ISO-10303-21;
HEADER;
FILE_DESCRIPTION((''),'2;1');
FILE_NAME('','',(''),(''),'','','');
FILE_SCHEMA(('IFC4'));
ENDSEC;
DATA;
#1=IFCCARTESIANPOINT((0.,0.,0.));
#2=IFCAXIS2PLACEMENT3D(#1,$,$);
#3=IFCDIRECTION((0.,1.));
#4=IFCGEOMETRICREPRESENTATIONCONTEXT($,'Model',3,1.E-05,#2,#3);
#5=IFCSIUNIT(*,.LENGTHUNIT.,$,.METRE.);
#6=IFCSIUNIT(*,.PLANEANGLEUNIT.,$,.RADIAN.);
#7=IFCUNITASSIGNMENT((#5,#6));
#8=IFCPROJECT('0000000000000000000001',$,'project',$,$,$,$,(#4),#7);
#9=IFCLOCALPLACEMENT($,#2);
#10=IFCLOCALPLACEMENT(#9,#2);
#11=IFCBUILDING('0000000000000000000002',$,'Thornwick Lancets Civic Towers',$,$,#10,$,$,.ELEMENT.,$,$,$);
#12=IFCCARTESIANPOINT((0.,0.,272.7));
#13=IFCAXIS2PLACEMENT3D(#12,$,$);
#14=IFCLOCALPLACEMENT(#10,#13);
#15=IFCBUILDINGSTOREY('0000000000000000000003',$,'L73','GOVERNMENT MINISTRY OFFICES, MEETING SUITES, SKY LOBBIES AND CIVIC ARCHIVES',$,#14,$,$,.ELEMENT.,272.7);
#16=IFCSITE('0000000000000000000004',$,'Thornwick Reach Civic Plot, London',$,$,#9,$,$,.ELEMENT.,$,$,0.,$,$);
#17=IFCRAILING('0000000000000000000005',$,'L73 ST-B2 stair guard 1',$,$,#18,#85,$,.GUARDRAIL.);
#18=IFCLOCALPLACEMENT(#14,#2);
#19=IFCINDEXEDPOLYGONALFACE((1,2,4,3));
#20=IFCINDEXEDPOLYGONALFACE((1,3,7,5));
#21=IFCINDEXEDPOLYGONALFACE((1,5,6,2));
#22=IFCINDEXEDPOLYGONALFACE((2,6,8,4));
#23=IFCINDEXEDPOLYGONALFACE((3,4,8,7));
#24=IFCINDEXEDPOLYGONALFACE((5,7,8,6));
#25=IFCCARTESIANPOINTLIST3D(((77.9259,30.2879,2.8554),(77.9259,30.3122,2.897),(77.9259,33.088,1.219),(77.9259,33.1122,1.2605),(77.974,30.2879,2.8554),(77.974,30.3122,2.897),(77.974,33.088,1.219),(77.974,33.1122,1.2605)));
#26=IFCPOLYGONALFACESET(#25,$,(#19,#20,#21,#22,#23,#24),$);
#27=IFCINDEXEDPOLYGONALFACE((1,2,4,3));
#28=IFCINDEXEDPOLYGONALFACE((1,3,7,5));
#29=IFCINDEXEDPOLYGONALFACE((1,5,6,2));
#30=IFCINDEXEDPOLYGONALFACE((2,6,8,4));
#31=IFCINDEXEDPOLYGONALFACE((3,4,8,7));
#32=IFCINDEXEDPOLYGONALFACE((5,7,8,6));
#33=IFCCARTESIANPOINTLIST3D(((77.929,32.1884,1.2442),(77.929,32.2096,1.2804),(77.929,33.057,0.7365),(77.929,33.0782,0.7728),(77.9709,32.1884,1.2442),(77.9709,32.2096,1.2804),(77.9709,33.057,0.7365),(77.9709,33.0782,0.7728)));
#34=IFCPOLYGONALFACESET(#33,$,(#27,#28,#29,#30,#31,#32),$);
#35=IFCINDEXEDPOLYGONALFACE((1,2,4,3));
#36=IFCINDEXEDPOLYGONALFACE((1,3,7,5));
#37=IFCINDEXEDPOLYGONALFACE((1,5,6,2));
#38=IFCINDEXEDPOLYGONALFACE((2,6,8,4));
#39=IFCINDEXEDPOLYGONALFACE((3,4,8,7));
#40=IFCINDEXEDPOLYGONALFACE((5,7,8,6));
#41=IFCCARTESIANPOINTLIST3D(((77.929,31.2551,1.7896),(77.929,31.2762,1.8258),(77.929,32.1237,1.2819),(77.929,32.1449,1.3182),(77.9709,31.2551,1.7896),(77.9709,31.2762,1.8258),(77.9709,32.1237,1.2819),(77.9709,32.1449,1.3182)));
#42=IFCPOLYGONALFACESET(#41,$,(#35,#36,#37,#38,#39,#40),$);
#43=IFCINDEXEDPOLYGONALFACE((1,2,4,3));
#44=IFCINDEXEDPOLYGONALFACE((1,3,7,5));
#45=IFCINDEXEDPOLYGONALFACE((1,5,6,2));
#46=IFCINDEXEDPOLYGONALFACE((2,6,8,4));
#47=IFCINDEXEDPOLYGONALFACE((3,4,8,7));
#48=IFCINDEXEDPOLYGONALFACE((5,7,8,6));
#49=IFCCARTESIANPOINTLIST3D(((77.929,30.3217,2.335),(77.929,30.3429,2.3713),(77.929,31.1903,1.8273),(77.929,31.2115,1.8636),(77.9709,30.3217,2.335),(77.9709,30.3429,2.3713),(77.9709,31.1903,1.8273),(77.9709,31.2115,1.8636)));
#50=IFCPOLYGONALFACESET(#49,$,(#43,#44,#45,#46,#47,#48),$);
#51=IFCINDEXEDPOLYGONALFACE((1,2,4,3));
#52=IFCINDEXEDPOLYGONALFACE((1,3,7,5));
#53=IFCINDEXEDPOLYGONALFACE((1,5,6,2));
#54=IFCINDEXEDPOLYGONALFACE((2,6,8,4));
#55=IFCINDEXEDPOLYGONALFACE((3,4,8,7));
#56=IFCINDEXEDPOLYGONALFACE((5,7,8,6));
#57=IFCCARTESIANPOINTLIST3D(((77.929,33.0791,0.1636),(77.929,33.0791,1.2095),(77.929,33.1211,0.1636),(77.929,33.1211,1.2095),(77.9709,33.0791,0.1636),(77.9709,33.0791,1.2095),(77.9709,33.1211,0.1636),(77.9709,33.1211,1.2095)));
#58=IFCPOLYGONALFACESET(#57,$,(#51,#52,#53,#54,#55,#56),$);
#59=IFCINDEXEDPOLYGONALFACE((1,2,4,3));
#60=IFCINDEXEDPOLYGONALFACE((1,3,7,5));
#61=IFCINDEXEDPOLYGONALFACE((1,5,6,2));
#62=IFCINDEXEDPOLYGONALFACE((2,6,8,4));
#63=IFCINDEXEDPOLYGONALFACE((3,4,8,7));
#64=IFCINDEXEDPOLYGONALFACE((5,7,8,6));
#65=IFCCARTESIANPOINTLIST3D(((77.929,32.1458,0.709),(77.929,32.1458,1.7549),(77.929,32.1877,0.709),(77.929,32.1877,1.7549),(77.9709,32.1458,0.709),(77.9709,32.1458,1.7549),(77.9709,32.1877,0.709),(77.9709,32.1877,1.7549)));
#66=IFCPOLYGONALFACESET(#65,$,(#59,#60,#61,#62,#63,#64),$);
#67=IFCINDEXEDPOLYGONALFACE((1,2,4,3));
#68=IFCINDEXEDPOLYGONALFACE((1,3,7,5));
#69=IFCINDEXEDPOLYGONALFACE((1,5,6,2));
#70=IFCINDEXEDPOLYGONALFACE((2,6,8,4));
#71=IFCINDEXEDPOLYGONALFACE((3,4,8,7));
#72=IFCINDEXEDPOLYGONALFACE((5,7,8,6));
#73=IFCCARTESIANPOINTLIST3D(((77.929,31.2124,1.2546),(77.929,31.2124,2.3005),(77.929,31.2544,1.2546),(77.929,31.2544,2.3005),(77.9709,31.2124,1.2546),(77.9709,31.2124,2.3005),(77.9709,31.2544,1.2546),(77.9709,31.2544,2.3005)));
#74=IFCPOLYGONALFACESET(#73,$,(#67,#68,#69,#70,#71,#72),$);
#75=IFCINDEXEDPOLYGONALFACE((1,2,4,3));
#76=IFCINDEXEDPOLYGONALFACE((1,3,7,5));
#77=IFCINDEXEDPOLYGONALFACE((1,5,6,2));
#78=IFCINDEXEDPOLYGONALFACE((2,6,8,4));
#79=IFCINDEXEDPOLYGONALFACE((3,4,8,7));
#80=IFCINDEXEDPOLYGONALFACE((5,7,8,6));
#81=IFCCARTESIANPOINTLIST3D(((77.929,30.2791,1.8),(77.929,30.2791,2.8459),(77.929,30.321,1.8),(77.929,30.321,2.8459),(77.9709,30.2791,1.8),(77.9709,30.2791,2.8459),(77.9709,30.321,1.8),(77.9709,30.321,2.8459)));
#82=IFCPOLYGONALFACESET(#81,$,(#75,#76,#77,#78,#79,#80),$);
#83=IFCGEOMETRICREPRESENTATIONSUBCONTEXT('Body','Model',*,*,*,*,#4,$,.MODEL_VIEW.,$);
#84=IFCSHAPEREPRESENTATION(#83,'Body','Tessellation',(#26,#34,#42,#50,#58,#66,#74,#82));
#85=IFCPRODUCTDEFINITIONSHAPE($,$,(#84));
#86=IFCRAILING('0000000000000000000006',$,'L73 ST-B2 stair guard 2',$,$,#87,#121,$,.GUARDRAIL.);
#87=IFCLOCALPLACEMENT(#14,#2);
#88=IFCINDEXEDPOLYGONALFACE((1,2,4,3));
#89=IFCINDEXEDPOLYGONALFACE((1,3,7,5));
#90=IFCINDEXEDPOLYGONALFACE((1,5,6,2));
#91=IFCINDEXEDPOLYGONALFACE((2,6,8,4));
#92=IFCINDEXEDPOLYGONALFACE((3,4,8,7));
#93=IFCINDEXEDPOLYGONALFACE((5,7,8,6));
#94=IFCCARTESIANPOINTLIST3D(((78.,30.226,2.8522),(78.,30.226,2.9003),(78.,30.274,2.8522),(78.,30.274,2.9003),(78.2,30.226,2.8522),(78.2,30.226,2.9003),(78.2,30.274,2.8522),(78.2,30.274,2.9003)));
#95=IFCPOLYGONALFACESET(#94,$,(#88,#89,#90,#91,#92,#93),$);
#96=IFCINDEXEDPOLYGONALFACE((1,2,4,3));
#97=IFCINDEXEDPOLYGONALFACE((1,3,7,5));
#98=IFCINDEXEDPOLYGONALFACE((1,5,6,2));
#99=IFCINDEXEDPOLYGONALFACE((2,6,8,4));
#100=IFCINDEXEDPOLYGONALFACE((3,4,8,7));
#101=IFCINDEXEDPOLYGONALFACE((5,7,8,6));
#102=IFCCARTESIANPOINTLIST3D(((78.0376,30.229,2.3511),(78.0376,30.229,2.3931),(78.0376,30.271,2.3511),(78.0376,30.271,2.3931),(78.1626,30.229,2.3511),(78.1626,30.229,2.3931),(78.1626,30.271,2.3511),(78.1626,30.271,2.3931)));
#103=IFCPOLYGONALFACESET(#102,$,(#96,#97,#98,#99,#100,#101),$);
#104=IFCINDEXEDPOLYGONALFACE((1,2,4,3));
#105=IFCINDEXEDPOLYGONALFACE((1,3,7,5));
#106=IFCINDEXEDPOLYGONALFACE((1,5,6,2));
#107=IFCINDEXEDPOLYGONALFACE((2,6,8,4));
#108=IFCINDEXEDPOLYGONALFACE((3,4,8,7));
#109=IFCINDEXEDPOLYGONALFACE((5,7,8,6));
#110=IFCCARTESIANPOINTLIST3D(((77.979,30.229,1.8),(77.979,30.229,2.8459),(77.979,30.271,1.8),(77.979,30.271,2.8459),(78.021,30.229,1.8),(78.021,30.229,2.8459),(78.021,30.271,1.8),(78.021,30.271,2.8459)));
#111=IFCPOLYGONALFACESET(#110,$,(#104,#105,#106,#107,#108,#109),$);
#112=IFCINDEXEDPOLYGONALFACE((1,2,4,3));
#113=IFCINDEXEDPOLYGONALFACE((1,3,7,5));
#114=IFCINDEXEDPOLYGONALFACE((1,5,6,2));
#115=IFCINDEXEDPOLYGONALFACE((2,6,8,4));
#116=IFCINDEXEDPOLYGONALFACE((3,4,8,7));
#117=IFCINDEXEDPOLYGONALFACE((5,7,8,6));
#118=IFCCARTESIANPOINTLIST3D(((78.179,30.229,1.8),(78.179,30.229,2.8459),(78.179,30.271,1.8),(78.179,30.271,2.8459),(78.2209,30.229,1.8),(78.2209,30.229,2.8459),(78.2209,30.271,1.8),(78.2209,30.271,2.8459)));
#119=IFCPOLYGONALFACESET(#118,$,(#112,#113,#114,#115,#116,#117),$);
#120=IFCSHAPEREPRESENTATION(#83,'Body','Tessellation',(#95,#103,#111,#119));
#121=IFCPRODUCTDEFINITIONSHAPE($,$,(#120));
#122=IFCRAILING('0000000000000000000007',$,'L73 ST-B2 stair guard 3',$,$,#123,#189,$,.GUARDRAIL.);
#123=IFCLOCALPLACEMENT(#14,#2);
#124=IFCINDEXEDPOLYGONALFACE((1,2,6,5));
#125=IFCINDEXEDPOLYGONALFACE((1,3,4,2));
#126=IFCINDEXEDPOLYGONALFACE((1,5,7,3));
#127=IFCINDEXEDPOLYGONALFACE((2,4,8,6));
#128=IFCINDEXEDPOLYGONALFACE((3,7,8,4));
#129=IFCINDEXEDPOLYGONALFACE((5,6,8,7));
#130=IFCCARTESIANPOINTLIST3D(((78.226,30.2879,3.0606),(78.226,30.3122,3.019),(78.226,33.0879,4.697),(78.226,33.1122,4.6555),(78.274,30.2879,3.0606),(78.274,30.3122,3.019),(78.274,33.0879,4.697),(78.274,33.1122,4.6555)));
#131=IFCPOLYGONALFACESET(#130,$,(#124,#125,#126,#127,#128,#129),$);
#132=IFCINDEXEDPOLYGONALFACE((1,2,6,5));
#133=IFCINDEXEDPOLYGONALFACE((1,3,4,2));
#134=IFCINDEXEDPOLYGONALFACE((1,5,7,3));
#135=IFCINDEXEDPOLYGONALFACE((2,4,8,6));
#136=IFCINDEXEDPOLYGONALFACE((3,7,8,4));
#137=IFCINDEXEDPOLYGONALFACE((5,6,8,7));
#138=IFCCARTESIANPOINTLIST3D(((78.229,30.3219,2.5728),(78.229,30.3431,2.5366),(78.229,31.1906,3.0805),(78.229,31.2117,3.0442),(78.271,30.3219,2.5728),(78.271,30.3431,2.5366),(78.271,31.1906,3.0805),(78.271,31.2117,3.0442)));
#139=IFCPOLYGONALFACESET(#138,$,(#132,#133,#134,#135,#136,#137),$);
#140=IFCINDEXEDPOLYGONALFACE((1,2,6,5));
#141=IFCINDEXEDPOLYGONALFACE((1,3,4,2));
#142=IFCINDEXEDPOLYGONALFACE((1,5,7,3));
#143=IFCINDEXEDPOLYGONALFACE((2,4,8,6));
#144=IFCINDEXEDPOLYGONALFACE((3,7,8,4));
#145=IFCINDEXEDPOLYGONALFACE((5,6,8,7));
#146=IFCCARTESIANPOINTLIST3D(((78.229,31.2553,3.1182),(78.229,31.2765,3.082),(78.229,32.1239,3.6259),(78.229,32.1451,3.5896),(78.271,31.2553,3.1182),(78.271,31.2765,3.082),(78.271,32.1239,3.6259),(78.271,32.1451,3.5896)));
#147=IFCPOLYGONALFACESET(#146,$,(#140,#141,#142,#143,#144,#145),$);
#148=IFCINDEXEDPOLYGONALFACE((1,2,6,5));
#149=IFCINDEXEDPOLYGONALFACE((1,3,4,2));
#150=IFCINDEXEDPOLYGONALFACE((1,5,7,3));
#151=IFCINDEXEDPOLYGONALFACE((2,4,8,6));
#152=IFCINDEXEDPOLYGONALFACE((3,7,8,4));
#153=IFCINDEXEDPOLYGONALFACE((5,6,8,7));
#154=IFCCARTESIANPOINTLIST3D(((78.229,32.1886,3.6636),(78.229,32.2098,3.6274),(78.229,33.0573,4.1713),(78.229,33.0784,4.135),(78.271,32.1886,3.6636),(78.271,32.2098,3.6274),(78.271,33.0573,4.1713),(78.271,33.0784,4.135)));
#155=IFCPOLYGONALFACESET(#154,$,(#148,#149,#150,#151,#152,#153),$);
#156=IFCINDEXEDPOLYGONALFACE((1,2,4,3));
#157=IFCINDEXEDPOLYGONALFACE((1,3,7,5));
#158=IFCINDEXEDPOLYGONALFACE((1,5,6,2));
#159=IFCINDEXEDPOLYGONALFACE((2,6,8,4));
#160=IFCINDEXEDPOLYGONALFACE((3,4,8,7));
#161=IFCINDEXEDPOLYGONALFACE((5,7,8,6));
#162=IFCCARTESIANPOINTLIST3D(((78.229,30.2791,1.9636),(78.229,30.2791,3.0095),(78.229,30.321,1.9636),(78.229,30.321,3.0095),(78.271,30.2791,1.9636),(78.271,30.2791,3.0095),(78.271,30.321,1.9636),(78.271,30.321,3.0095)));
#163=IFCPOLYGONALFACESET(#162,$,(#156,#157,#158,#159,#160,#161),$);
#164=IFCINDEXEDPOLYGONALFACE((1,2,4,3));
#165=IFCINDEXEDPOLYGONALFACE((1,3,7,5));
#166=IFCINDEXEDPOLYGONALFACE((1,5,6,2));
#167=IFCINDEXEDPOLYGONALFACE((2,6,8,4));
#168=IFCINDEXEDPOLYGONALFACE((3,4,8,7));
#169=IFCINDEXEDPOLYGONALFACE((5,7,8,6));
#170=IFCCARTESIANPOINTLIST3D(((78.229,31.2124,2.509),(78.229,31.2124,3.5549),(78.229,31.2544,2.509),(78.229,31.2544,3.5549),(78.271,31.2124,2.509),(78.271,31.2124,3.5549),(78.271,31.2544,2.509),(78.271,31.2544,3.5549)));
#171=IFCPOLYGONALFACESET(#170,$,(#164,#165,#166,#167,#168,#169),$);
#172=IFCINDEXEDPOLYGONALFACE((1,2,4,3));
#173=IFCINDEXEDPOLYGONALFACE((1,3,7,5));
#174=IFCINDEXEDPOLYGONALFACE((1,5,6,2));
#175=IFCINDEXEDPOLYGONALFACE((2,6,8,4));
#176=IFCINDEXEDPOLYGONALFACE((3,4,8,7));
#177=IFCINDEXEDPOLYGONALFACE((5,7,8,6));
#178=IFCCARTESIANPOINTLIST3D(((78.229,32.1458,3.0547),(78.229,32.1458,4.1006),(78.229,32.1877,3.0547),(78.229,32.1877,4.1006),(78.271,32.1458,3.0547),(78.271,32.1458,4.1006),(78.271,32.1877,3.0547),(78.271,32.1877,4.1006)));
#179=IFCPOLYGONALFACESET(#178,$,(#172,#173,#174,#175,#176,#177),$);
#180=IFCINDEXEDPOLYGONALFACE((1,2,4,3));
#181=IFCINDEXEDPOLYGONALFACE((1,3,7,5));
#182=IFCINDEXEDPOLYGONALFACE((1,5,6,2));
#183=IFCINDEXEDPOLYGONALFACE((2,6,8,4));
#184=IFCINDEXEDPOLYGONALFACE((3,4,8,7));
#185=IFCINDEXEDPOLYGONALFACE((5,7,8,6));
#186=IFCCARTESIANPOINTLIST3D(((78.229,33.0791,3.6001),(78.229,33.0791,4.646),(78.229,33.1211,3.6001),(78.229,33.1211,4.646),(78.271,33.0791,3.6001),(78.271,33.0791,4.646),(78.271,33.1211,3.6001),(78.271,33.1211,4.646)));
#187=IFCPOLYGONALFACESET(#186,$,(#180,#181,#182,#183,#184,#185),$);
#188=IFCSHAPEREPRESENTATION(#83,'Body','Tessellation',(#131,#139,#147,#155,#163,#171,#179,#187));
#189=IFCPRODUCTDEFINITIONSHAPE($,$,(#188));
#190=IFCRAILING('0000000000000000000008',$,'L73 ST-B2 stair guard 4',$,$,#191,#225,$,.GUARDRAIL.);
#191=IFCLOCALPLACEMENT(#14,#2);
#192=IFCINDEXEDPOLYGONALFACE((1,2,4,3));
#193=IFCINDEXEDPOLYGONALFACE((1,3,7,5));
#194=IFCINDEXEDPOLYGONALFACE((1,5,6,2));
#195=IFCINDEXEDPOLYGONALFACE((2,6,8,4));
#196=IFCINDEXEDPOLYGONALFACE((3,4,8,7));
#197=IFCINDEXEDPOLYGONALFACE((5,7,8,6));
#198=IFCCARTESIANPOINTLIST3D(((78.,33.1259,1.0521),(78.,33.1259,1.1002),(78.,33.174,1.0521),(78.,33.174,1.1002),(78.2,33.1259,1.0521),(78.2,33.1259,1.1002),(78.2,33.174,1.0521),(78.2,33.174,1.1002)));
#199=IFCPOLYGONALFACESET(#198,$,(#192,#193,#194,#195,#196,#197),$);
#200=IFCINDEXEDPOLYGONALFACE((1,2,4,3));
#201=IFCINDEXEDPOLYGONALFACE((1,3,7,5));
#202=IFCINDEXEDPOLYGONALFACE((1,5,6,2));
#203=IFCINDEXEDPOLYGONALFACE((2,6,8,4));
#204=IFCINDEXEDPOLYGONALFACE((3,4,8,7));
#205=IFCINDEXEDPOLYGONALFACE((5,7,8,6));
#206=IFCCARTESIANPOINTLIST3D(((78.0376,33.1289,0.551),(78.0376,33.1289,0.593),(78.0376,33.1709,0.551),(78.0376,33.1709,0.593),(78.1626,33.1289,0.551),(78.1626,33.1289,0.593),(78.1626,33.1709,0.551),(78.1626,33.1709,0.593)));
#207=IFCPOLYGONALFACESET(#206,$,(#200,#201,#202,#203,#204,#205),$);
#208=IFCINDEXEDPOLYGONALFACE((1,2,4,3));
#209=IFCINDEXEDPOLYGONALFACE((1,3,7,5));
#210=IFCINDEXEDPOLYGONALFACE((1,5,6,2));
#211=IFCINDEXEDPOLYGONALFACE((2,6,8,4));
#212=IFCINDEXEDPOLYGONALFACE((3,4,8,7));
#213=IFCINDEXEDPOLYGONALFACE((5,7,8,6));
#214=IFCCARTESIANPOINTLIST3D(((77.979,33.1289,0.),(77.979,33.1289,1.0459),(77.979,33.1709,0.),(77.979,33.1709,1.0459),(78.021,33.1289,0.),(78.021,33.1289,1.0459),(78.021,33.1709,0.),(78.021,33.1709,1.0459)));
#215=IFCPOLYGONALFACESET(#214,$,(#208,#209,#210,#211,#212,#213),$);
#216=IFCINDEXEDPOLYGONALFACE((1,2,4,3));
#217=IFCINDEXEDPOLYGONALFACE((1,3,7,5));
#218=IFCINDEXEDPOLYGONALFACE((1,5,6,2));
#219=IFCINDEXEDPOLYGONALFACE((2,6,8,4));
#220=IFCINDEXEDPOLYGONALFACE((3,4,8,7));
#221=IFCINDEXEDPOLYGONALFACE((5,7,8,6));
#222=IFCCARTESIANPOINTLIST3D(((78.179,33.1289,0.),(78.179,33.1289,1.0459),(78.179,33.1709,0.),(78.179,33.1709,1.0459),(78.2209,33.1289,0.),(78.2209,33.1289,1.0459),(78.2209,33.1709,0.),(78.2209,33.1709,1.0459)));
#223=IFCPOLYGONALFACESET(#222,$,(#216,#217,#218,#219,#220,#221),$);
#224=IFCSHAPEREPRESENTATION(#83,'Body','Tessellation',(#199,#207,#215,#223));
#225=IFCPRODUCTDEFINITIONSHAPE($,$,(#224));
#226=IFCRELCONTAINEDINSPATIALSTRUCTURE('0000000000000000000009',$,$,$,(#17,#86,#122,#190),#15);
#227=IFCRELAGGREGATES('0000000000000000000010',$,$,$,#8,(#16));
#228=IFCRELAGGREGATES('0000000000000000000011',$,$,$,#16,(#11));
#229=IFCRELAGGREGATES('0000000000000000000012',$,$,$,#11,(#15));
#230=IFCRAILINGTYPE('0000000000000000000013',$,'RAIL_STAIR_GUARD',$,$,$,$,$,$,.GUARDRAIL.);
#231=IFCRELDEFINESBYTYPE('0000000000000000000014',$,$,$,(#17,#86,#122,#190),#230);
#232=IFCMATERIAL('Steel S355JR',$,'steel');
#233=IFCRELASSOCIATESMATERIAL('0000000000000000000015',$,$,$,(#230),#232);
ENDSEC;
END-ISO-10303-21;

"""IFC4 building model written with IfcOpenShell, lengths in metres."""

from ifc_helpers import new_model, si_unit, direction, frame, origin, origin_2d, place, context, subcontext, project, spatial, rectangle, extrude, material, type_object, element, save


model = new_model("IFC4")

# Units and contexts
model_context = context("Model", 3, precision=1e-05, world=origin(), true_north=direction((0.0, 1.0)))
body_context = subcontext(model_context, "Body", "Model", "MODEL_VIEW")
ifc_project = project(units=[si_unit("LENGTHUNIT", "METRE"), si_unit("PLANEANGLEUNIT", "RADIAN")], contexts=[model_context])

# Site, building, storey
site_placement = place(None, origin())
site = spatial("IfcSite", under=ifc_project, at=site_placement, Name="Thornwick Reach Civic Plot, London", CompositionType="ELEMENT", RefElevation=0.0)
building_placement = place(site_placement, origin())
building = spatial("IfcBuilding", under=site, at=building_placement, Name="Thornwick Lancets Civic Towers", CompositionType="ELEMENT")
storey_placement = place(building_placement, frame((0.0, 0.0, 272.7)))
storey = spatial("IfcBuildingStorey", under=building, at=storey_placement, Name="L73", Description="GOVERNMENT MINISTRY OFFICES, MEETING SUITES, SKY LOBBIES AND CIVIC ARCHIVES", CompositionType="ELEMENT", Elevation=272.7)

# Shared definitions
ifc_material_1 = material(Name="Steel S355JR", Category="steel")

# Railings
railing_type_1 = type_object("IfcRailingType", Name="RAIL_STAIR_GUARD", PredefinedType="GUARDRAIL", material=ifc_material_1)
railing_1_placement = place(storey_placement, frame((77.95, 33.1001, 0.1636)))
element("IfcRailing", 1, at=railing_1_placement, inside=storey, type_object=railing_type_1, Name="L73 ST-B2 stair guard 1", PredefinedType="GUARDRAIL", context=body_context, shape_type="SweptSolid", body=[
    extrude(rectangle(XDim=0.0481, YDim=0.0481, at=origin_2d()), frame((0.0, 0.0, 1.0762), z_axis=(0.0, -0.863361, 0.504587), x_axis=(1.0, 0.0, 0.0)), (0.0, 0.0, 1.0), 3.2432),
    extrude(rectangle(XDim=0.042, YDim=0.042, at=origin_2d()), frame((0.0, -0.0325, 0.5911), z_axis=(0.0, -0.863361, 0.504587), x_axis=(1.0, 0.0, 0.0)), (0.0, 0.0, 1.0), 1.0061),
    extrude(rectangle(XDim=0.042, YDim=0.042, at=origin_2d()), frame((0.0, -0.9658, 1.1365), z_axis=(0.0, -0.863361, 0.504587), x_axis=(1.0, 0.0, 0.0)), (0.0, 0.0, 1.0), 1.0061),
    extrude(rectangle(XDim=0.042, YDim=0.042, at=origin_2d()), frame((0.0, -1.8992, 1.6819), z_axis=(0.0, -0.863361, 0.504587), x_axis=(1.0, 0.0, 0.0)), (0.0, 0.0, 1.0), 1.0061),
    extrude(rectangle(XDim=0.042, YDim=0.042, at=origin_2d()), origin(), (0.0, 0.0, 1.0), 1.0459),
    extrude(rectangle(XDim=0.042, YDim=0.042, at=origin_2d()), frame((0.0, -0.9333, 0.5454)), (0.0, 0.0, 1.0), 1.0459),
    extrude(rectangle(XDim=0.042, YDim=0.042, at=origin_2d()), frame((0.0, -1.8667, 1.0911)), (0.0, 0.0, 1.0), 1.0459),
    extrude(rectangle(XDim=0.042, YDim=0.042, at=origin_2d()), frame((0.0, -2.8, 1.6365)), (0.0, 0.0, 1.0), 1.0459),
])
railing_2_placement = place(storey_placement, frame((78.0, 30.25, 1.8)))
element("IfcRailing", 2, at=railing_2_placement, inside=storey, type_object=railing_type_1, Name="L73 ST-B2 stair guard 2", PredefinedType="GUARDRAIL", context=body_context, shape_type="SweptSolid", body=[
    extrude(rectangle(XDim=0.0481, YDim=0.0481, at=origin_2d()), frame((0.0, 0.0, 1.0762), z_axis=(1.0, 0.0, 0.0), x_axis=(0.0, 1.0, 0.0)), (0.0, 0.0, 1.0), 0.2),
    extrude(rectangle(XDim=0.042, YDim=0.042, at=origin_2d()), frame((0.0376, 0.0, 0.572), z_axis=(1.0, 0.0, 0.0), x_axis=(0.0, 1.0, 0.0)), (0.0, 0.0, 1.0), 0.125),
    extrude(rectangle(XDim=0.042, YDim=0.042, at=origin_2d()), origin(), (0.0, 0.0, 1.0), 1.0459),
    extrude(rectangle(XDim=0.042, YDim=0.042, at=origin_2d()), frame((0.2, 0.0, 0.0)), (0.0, 0.0, 1.0), 1.0459),
])
railing_3_placement = place(storey_placement, frame((78.25, 30.3, 1.9636)))
element("IfcRailing", 3, at=railing_3_placement, inside=storey, type_object=railing_type_1, Name="L73 ST-B2 stair guard 3", PredefinedType="GUARDRAIL", context=body_context, shape_type="SweptSolid", body=[
    extrude(rectangle(XDim=0.0481, YDim=0.0481, at=origin_2d()), frame((0.0, 0.0, 1.0762), z_axis=(0.0, 0.863361, 0.504587), x_axis=(-1.0, 0.0, 0.0)), (0.0, 0.0, 1.0), 3.2432),
    extrude(rectangle(XDim=0.042, YDim=0.042, at=origin_2d()), frame((0.0, 0.0325, 0.5911), z_axis=(0.0, 0.863361, 0.504587), x_axis=(-1.0, 0.0, 0.0)), (0.0, 0.0, 1.0), 1.0061),
    extrude(rectangle(XDim=0.042, YDim=0.042, at=origin_2d()), frame((0.0, 0.9658, 1.1365), z_axis=(0.0, 0.863361, 0.504587), x_axis=(-1.0, 0.0, 0.0)), (0.0, 0.0, 1.0), 1.0061),
    extrude(rectangle(XDim=0.042, YDim=0.042, at=origin_2d()), frame((0.0, 1.8992, 1.6819), z_axis=(0.0, 0.863361, 0.504587), x_axis=(-1.0, 0.0, 0.0)), (0.0, 0.0, 1.0), 1.0061),
    extrude(rectangle(XDim=0.042, YDim=0.042, at=origin_2d()), origin(), (0.0, 0.0, 1.0), 1.0459),
    extrude(rectangle(XDim=0.042, YDim=0.042, at=origin_2d()), frame((0.0, 0.9333, 0.5454)), (0.0, 0.0, 1.0), 1.0459),
    extrude(rectangle(XDim=0.042, YDim=0.042, at=origin_2d()), frame((0.0, 1.8667, 1.0911)), (0.0, 0.0, 1.0), 1.0459),
    extrude(rectangle(XDim=0.042, YDim=0.042, at=origin_2d()), frame((0.0, 2.8, 1.6365)), (0.0, 0.0, 1.0), 1.0459),
])
railing_4_placement = place(storey_placement, frame((78.0, 33.1499, 0.0)))
element("IfcRailing", 4, at=railing_4_placement, inside=storey, type_object=railing_type_1, Name="L73 ST-B2 stair guard 4", PredefinedType="GUARDRAIL", context=body_context, shape_type="SweptSolid", body=[
    extrude(rectangle(XDim=0.0481, YDim=0.0481, at=origin_2d()), frame((0.0, 0.0, 1.0762), z_axis=(1.0, 0.0, 0.0), x_axis=(0.0, 1.0, 0.0)), (0.0, 0.0, 1.0), 0.2),
    extrude(rectangle(XDim=0.042, YDim=0.042, at=origin_2d()), frame((0.0376, 0.0, 0.572), z_axis=(1.0, 0.0, 0.0), x_axis=(0.0, 1.0, 0.0)), (0.0, 0.0, 1.0), 0.125),
    extrude(rectangle(XDim=0.042, YDim=0.042, at=origin_2d()), origin(), (0.0, 0.0, 1.0), 1.0459),
    extrude(rectangle(XDim=0.042, YDim=0.042, at=origin_2d()), frame((0.2, 0.0, 0.0)), (0.0, 0.0, 1.0), 1.0459),
])

save(model, "model.ifc")
